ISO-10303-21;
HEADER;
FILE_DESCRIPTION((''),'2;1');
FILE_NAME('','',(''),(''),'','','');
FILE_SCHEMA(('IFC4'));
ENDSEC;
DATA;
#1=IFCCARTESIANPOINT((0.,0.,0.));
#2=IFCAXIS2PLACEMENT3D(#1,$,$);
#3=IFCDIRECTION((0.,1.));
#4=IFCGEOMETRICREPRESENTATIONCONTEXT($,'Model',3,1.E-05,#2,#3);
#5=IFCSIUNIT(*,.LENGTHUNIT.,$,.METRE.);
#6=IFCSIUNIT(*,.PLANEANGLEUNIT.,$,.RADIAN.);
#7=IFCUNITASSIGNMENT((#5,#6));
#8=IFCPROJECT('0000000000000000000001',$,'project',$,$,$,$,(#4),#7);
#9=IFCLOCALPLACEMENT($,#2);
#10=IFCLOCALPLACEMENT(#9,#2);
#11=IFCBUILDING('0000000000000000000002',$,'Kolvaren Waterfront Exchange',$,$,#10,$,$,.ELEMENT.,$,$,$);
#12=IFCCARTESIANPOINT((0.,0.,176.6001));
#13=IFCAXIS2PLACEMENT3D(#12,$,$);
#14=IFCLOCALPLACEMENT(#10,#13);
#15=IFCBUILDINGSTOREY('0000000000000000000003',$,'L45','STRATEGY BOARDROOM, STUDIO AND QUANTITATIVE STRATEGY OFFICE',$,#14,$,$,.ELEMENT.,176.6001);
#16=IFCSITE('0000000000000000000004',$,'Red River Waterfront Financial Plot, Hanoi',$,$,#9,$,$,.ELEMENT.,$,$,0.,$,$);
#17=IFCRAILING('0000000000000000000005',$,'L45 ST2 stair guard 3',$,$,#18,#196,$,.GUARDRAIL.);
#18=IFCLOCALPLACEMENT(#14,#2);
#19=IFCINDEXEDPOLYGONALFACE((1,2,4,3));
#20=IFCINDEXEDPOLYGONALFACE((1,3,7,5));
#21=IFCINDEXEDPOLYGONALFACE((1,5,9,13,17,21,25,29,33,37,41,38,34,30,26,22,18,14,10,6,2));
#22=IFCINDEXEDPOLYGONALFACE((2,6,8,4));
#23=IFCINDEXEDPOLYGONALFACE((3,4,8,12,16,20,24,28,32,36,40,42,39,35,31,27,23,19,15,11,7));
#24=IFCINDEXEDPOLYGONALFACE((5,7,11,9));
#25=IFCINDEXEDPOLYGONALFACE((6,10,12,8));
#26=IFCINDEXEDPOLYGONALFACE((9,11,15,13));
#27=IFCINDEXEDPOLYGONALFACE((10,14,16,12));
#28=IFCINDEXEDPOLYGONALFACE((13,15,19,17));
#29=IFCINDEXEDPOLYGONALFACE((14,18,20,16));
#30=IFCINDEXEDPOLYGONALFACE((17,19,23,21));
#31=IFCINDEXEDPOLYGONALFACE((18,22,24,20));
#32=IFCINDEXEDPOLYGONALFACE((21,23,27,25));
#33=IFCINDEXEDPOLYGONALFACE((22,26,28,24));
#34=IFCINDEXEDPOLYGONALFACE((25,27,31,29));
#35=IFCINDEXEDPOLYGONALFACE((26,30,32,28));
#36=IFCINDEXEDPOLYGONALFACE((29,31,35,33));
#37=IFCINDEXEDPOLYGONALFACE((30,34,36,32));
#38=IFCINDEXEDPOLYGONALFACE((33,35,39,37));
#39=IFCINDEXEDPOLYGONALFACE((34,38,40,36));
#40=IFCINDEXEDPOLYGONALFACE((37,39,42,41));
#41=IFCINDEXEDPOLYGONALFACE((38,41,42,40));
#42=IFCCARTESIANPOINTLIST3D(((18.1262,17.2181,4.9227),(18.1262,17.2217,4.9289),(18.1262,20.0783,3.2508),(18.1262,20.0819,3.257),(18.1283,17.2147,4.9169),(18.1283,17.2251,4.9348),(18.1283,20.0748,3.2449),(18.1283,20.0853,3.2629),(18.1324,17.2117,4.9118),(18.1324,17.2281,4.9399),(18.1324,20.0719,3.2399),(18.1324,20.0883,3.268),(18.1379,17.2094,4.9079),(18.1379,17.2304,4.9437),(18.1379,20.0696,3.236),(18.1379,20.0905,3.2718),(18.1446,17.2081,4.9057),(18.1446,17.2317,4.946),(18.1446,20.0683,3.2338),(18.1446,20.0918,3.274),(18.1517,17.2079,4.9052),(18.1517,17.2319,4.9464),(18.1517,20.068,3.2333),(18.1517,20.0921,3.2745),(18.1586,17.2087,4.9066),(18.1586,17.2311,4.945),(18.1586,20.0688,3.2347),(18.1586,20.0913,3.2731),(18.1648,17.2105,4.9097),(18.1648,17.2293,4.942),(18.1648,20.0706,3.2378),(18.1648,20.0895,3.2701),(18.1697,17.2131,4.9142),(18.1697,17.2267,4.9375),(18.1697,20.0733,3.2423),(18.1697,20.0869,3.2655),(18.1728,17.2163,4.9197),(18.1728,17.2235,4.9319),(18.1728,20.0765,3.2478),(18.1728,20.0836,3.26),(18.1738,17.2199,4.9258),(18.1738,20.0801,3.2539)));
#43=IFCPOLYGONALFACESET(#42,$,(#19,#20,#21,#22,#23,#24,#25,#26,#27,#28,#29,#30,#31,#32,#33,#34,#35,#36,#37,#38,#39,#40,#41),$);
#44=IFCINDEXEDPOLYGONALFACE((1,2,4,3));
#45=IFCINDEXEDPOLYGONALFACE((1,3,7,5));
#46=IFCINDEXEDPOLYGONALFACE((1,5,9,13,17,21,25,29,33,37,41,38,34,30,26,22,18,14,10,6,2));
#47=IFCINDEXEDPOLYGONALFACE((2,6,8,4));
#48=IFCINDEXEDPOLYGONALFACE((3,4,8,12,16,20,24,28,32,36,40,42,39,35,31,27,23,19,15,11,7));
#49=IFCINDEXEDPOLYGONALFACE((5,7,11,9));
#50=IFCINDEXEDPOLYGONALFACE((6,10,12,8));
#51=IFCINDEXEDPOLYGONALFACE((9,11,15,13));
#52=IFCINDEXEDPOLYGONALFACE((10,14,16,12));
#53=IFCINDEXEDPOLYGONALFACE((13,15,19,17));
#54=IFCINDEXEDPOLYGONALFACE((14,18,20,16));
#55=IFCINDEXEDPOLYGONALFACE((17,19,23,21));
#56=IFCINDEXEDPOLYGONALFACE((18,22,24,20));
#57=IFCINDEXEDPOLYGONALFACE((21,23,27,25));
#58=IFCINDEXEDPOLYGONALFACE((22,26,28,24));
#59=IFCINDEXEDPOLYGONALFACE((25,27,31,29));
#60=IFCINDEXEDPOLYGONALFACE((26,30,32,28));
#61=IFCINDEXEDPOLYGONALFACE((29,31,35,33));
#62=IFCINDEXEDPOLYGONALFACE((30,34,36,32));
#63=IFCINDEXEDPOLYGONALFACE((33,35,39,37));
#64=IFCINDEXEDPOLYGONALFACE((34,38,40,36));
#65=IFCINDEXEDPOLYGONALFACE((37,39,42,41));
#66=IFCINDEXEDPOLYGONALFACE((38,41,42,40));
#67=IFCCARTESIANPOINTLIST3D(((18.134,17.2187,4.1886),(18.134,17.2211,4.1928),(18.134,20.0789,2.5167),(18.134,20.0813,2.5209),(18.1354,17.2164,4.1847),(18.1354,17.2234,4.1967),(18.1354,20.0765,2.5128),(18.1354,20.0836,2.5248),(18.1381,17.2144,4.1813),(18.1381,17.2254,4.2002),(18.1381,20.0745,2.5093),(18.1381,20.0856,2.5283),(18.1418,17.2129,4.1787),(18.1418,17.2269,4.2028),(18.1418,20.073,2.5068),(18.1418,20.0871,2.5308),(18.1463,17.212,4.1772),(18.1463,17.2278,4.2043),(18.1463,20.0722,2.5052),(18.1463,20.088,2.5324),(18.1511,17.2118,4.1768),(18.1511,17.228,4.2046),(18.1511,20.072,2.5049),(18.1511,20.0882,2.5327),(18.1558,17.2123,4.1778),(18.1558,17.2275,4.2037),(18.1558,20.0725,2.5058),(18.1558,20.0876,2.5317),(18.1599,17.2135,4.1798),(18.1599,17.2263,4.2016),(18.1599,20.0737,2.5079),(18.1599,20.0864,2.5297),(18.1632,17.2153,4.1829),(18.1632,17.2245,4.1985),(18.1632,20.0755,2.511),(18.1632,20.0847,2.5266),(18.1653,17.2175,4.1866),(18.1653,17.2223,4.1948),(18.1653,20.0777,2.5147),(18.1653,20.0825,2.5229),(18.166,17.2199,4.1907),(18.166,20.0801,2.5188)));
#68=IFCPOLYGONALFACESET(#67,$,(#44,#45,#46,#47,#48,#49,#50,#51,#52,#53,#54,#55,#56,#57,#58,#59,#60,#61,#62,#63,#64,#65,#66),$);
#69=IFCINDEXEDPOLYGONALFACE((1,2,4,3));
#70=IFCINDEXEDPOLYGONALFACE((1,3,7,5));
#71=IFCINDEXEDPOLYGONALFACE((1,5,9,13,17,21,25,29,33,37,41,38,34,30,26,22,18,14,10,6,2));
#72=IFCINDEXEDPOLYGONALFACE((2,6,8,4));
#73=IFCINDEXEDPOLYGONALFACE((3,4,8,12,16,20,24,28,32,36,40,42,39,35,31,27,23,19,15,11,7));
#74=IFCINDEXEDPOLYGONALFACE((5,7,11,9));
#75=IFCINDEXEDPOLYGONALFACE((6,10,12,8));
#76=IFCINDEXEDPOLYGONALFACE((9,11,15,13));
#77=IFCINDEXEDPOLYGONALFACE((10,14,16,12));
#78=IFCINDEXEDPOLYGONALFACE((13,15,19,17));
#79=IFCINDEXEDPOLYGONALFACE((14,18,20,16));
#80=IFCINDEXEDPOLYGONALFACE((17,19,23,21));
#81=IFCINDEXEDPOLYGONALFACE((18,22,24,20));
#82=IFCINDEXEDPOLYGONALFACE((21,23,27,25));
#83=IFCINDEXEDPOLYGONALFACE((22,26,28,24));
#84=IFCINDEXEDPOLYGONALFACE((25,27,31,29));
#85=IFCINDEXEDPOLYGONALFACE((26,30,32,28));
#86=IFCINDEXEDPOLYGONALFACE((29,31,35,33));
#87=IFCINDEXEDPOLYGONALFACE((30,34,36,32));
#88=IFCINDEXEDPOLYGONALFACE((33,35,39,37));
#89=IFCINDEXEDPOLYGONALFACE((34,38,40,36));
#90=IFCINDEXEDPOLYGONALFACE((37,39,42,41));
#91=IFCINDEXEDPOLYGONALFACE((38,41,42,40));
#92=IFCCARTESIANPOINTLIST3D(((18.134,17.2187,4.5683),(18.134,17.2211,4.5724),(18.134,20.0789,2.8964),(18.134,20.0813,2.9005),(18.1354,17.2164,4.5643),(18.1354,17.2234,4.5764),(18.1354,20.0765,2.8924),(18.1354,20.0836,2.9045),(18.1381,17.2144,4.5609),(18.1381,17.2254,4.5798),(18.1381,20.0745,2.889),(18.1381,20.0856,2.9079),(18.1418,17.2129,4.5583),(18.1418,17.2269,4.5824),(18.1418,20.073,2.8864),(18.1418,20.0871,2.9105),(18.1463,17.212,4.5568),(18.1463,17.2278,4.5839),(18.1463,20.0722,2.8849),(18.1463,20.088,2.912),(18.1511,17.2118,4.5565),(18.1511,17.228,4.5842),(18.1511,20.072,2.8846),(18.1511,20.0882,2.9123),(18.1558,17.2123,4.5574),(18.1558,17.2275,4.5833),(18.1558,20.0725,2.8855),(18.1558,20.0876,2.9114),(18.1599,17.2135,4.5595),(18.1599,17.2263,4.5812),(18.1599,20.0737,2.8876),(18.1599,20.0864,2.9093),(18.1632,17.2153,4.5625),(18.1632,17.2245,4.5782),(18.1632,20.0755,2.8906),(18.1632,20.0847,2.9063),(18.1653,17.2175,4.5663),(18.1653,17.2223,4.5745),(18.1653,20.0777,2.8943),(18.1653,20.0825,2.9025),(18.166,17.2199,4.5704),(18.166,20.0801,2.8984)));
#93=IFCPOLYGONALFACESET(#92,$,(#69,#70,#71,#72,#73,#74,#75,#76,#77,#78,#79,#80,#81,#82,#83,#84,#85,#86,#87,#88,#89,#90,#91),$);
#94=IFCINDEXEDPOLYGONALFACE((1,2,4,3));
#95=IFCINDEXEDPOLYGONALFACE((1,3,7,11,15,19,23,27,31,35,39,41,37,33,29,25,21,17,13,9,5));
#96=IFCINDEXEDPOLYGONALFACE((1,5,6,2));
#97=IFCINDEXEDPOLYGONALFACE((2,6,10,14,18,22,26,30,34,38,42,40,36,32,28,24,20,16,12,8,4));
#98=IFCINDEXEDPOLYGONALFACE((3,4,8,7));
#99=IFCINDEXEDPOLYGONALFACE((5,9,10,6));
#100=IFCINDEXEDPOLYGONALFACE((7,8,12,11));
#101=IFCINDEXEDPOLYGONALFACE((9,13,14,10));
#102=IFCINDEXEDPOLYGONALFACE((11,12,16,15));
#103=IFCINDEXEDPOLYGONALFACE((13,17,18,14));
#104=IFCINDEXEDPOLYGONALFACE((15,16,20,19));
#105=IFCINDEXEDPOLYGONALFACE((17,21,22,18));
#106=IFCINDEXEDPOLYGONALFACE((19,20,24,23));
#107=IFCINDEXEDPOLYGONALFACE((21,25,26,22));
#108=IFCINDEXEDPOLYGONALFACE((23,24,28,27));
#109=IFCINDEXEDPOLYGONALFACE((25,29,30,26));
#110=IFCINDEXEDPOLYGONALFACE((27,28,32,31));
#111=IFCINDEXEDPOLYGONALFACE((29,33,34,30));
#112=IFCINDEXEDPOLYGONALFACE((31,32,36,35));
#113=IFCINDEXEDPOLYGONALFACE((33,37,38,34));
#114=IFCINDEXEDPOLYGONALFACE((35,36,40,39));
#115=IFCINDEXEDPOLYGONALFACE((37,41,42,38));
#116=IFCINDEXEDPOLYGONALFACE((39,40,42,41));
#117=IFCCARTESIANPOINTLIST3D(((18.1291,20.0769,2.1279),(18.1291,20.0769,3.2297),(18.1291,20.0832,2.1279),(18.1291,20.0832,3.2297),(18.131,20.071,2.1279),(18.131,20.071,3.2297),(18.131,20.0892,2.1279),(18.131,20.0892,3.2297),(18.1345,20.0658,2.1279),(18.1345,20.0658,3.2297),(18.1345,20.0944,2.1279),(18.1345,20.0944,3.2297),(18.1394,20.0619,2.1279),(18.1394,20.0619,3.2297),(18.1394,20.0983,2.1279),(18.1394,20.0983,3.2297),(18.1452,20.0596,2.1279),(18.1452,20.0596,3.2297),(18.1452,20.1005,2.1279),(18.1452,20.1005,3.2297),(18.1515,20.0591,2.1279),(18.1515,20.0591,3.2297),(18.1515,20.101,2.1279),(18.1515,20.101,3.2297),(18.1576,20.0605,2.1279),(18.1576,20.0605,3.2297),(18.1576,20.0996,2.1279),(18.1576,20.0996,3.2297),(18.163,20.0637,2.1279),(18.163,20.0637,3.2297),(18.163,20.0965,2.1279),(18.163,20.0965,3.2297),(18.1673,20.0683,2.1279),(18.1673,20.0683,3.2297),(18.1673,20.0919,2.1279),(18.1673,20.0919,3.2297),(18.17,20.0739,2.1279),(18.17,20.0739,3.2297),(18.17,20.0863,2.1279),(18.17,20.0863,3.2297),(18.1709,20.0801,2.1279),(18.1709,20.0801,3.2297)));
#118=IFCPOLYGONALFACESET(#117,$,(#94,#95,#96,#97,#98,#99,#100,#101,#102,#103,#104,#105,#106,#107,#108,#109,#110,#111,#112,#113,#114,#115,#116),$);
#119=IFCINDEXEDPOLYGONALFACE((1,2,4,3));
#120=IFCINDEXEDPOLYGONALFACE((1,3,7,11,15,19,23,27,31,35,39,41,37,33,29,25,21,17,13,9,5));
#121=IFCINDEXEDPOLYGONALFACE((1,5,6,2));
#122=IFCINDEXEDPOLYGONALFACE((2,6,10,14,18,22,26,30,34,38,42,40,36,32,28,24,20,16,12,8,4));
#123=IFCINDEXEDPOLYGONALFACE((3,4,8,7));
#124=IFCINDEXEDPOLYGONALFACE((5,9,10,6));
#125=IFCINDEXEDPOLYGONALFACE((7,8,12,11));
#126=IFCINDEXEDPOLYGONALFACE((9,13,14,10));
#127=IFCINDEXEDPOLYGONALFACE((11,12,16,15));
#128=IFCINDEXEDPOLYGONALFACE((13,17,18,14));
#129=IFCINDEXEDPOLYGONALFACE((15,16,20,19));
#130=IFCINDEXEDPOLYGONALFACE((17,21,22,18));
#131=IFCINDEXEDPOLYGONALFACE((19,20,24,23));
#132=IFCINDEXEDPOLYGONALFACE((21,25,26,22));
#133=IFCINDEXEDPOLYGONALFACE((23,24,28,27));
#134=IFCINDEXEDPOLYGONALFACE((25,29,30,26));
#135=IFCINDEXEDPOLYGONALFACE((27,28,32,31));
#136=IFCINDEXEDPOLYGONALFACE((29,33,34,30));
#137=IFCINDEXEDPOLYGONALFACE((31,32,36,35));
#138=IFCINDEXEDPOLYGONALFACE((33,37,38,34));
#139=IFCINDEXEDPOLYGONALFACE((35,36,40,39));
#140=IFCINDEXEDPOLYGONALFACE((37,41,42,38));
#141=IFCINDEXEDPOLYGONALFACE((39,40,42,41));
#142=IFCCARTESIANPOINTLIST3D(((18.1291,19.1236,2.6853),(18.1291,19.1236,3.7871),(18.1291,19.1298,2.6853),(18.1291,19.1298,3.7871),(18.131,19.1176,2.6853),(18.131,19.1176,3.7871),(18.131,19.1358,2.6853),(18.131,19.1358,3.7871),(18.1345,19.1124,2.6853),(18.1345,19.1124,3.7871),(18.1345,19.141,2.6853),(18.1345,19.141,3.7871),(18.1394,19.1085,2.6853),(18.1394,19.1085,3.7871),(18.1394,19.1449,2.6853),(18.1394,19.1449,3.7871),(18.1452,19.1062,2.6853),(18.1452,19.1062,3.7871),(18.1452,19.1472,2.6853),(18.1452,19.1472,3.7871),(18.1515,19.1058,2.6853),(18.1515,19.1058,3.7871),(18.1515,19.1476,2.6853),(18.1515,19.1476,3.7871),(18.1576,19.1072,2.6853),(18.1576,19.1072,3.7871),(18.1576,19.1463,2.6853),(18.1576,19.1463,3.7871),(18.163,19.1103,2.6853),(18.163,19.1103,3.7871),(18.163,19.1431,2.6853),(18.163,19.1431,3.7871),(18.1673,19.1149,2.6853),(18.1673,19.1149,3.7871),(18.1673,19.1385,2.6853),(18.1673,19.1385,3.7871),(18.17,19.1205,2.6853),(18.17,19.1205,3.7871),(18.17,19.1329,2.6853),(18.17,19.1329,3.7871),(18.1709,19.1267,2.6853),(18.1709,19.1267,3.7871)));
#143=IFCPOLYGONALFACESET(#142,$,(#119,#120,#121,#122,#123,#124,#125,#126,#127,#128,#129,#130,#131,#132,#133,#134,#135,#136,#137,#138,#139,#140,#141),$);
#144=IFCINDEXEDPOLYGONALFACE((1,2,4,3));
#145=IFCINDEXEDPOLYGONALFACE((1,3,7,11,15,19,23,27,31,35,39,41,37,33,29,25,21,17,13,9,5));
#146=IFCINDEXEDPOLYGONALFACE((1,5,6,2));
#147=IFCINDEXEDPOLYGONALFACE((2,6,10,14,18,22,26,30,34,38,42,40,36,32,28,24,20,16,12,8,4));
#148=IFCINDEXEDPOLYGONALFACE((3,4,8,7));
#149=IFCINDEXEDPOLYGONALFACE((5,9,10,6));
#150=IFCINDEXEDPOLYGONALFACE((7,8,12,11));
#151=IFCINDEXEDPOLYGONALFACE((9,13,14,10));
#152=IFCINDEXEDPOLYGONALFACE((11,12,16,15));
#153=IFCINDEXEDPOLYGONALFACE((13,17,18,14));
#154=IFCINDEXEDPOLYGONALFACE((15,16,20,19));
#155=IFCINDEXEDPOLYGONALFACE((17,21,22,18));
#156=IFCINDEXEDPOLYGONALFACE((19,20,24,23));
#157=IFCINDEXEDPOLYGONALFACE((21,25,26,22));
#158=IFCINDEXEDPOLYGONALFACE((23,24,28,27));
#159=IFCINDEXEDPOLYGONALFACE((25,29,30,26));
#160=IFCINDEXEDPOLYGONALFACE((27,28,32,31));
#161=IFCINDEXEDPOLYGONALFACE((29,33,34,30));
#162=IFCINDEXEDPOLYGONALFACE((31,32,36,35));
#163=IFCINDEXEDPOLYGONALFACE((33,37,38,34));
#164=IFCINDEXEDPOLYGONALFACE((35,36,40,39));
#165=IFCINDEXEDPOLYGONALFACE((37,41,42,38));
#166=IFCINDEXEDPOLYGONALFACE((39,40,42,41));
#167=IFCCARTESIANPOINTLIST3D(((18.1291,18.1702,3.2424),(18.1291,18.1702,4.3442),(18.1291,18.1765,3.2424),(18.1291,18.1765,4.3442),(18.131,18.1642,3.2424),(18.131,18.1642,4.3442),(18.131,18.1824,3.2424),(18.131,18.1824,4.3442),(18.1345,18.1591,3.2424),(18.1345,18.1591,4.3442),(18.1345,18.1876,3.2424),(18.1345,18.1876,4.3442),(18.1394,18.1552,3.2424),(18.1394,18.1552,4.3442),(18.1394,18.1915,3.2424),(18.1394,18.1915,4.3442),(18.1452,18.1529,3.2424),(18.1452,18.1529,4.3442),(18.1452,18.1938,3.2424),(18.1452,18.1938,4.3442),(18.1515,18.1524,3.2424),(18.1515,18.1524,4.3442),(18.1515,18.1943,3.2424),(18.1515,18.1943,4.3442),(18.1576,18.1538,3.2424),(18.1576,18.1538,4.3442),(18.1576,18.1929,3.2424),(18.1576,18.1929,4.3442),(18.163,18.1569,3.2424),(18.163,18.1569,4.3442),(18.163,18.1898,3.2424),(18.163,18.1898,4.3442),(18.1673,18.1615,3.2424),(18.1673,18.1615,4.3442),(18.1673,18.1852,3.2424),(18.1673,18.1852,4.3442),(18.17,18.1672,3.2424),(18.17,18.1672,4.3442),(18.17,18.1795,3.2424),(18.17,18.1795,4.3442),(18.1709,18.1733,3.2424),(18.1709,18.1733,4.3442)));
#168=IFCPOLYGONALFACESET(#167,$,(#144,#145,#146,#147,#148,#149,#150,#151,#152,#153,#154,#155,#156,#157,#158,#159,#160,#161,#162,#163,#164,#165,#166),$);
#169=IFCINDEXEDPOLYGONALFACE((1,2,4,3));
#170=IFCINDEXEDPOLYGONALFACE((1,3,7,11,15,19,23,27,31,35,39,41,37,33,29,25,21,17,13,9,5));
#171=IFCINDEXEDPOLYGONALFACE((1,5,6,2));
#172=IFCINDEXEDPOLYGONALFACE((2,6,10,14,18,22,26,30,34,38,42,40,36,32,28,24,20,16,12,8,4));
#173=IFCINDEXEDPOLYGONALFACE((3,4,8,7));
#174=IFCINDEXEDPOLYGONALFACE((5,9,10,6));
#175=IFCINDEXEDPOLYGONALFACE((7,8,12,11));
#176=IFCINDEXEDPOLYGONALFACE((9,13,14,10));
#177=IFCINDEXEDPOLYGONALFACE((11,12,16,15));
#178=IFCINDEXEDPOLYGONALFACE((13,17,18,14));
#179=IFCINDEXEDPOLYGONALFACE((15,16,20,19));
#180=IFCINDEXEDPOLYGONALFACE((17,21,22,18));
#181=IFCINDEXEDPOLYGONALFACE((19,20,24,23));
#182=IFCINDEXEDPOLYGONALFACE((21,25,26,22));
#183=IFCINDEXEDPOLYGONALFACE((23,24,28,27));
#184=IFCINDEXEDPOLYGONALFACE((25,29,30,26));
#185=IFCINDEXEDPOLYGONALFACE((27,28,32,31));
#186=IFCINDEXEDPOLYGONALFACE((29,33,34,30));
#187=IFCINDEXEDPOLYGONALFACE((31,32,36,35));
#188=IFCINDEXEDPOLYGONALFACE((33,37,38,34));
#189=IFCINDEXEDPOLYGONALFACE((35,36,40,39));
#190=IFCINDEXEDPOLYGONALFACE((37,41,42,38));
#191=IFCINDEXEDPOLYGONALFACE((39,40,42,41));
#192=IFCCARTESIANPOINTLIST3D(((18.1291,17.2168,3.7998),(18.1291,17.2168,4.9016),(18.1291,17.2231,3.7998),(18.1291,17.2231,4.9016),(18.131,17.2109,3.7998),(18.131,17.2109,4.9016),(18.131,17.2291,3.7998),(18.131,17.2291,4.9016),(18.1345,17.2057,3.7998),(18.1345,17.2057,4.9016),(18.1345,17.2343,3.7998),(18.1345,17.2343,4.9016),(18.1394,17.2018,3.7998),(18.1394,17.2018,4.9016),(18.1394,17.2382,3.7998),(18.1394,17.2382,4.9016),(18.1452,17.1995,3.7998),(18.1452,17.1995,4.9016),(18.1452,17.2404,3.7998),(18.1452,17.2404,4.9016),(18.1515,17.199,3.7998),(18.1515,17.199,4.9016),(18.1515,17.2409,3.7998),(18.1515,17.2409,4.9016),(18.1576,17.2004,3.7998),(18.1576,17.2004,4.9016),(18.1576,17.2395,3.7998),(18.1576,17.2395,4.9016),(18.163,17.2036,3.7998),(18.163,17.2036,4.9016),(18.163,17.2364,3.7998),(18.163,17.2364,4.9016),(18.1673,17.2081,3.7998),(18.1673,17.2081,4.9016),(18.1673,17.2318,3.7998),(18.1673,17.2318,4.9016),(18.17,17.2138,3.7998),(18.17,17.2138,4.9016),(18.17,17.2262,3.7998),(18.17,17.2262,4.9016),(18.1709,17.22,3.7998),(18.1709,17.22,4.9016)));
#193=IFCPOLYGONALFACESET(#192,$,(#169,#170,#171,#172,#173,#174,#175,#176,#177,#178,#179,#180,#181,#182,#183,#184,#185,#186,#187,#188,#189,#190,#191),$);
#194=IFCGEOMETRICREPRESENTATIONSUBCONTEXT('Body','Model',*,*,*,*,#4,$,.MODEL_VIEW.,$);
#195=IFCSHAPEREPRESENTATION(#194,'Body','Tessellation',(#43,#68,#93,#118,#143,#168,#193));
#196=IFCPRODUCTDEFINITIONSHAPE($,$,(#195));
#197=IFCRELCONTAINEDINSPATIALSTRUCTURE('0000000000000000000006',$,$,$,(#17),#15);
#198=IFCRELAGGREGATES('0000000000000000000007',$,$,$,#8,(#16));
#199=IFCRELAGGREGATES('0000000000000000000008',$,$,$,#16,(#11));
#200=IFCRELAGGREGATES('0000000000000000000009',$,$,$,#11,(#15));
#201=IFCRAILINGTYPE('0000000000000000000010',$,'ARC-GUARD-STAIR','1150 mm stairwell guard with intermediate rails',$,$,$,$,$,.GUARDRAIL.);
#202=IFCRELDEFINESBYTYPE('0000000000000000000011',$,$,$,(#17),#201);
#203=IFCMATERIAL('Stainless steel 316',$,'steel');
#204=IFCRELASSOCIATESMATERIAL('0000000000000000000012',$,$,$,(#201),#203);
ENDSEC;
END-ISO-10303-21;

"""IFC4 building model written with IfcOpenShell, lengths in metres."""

from ifc_helpers import new_model, si_unit, direction, frame, origin, origin_2d, place, context, subcontext, project, spatial, circle, extrude, material, type_object, element, save


model = new_model("IFC4")

# Units and contexts
model_context = context("Model", 3, precision=1e-05, world=origin(), true_north=direction((0.0, 1.0)))
body_context = subcontext(model_context, "Body", "Model", "MODEL_VIEW")
ifc_project = project(units=[si_unit("LENGTHUNIT", "METRE"), si_unit("PLANEANGLEUNIT", "RADIAN")], contexts=[model_context])

# Site, building, storey
site_placement = place(None, origin())
site = spatial("IfcSite", under=ifc_project, at=site_placement, Name="Red River Waterfront Financial Plot, Hanoi", CompositionType="ELEMENT", RefElevation=0.0)
building_placement = place(site_placement, origin())
building = spatial("IfcBuilding", under=site, at=building_placement, Name="Kolvaren Waterfront Exchange", CompositionType="ELEMENT")
storey_placement = place(building_placement, frame((0.0, 0.0, 176.6001)))
storey = spatial("IfcBuildingStorey", under=building, at=storey_placement, Name="L45", Description="STRATEGY BOARDROOM, STUDIO AND QUANTITATIVE STRATEGY OFFICE", CompositionType="ELEMENT", Elevation=176.6001)

# Railing
ifc_material_1 = material(Name="Stainless steel 316", Category="steel")
railing_type = type_object("IfcRailingType", Name="ARC-GUARD-STAIR", Description="1150 mm stairwell guard with intermediate rails", PredefinedType="GUARDRAIL", material=ifc_material_1)
railing_1_placement = place(storey_placement, frame((18.1499, 20.0801, 2.1279)))
element("IfcRailing", 1, at=railing_1_placement, inside=storey, type_object=railing_type, Name="L45 ST2 stair guard 3", PredefinedType="GUARDRAIL", context=body_context, shape_type="SweptSolid", body=[
    extrude(circle(Radius=0.0239, at=origin_2d()), frame((0.0, 0.0, 1.126), z_axis=(0.0, -0.863321, 0.504654), x_axis=(1.0, 0.0, 0.0)), (0.0, 0.0, 1.0), 3.313),
    extrude(circle(Radius=0.0161, at=origin_2d()), frame((0.0, 0.0, 0.3909), z_axis=(0.0, -0.863321, 0.504654), x_axis=(1.0, 0.0, 0.0)), (0.0, 0.0, 1.0), 3.313),
    extrude(circle(Radius=0.0161, at=origin_2d()), frame((0.0, 0.0, 0.7705), z_axis=(0.0, -0.863321, 0.504654), x_axis=(1.0, 0.0, 0.0)), (0.0, 0.0, 1.0), 3.313),
    extrude(circle(Radius=0.021, at=origin_2d()), origin(), (0.0, 0.0, 1.0), 1.1018),
    extrude(circle(Radius=0.021, at=origin_2d()), frame((0.0, -0.9534, 0.5574)), (0.0, 0.0, 1.0), 1.1018),
    extrude(circle(Radius=0.021, at=origin_2d()), frame((0.0, -1.9067, 1.1145)), (0.0, 0.0, 1.0), 1.1018),
    extrude(circle(Radius=0.021, at=origin_2d()), frame((0.0, -2.8601, 1.6719)), (0.0, 0.0, 1.0), 1.1018),
])

save(model, "model.ifc")
